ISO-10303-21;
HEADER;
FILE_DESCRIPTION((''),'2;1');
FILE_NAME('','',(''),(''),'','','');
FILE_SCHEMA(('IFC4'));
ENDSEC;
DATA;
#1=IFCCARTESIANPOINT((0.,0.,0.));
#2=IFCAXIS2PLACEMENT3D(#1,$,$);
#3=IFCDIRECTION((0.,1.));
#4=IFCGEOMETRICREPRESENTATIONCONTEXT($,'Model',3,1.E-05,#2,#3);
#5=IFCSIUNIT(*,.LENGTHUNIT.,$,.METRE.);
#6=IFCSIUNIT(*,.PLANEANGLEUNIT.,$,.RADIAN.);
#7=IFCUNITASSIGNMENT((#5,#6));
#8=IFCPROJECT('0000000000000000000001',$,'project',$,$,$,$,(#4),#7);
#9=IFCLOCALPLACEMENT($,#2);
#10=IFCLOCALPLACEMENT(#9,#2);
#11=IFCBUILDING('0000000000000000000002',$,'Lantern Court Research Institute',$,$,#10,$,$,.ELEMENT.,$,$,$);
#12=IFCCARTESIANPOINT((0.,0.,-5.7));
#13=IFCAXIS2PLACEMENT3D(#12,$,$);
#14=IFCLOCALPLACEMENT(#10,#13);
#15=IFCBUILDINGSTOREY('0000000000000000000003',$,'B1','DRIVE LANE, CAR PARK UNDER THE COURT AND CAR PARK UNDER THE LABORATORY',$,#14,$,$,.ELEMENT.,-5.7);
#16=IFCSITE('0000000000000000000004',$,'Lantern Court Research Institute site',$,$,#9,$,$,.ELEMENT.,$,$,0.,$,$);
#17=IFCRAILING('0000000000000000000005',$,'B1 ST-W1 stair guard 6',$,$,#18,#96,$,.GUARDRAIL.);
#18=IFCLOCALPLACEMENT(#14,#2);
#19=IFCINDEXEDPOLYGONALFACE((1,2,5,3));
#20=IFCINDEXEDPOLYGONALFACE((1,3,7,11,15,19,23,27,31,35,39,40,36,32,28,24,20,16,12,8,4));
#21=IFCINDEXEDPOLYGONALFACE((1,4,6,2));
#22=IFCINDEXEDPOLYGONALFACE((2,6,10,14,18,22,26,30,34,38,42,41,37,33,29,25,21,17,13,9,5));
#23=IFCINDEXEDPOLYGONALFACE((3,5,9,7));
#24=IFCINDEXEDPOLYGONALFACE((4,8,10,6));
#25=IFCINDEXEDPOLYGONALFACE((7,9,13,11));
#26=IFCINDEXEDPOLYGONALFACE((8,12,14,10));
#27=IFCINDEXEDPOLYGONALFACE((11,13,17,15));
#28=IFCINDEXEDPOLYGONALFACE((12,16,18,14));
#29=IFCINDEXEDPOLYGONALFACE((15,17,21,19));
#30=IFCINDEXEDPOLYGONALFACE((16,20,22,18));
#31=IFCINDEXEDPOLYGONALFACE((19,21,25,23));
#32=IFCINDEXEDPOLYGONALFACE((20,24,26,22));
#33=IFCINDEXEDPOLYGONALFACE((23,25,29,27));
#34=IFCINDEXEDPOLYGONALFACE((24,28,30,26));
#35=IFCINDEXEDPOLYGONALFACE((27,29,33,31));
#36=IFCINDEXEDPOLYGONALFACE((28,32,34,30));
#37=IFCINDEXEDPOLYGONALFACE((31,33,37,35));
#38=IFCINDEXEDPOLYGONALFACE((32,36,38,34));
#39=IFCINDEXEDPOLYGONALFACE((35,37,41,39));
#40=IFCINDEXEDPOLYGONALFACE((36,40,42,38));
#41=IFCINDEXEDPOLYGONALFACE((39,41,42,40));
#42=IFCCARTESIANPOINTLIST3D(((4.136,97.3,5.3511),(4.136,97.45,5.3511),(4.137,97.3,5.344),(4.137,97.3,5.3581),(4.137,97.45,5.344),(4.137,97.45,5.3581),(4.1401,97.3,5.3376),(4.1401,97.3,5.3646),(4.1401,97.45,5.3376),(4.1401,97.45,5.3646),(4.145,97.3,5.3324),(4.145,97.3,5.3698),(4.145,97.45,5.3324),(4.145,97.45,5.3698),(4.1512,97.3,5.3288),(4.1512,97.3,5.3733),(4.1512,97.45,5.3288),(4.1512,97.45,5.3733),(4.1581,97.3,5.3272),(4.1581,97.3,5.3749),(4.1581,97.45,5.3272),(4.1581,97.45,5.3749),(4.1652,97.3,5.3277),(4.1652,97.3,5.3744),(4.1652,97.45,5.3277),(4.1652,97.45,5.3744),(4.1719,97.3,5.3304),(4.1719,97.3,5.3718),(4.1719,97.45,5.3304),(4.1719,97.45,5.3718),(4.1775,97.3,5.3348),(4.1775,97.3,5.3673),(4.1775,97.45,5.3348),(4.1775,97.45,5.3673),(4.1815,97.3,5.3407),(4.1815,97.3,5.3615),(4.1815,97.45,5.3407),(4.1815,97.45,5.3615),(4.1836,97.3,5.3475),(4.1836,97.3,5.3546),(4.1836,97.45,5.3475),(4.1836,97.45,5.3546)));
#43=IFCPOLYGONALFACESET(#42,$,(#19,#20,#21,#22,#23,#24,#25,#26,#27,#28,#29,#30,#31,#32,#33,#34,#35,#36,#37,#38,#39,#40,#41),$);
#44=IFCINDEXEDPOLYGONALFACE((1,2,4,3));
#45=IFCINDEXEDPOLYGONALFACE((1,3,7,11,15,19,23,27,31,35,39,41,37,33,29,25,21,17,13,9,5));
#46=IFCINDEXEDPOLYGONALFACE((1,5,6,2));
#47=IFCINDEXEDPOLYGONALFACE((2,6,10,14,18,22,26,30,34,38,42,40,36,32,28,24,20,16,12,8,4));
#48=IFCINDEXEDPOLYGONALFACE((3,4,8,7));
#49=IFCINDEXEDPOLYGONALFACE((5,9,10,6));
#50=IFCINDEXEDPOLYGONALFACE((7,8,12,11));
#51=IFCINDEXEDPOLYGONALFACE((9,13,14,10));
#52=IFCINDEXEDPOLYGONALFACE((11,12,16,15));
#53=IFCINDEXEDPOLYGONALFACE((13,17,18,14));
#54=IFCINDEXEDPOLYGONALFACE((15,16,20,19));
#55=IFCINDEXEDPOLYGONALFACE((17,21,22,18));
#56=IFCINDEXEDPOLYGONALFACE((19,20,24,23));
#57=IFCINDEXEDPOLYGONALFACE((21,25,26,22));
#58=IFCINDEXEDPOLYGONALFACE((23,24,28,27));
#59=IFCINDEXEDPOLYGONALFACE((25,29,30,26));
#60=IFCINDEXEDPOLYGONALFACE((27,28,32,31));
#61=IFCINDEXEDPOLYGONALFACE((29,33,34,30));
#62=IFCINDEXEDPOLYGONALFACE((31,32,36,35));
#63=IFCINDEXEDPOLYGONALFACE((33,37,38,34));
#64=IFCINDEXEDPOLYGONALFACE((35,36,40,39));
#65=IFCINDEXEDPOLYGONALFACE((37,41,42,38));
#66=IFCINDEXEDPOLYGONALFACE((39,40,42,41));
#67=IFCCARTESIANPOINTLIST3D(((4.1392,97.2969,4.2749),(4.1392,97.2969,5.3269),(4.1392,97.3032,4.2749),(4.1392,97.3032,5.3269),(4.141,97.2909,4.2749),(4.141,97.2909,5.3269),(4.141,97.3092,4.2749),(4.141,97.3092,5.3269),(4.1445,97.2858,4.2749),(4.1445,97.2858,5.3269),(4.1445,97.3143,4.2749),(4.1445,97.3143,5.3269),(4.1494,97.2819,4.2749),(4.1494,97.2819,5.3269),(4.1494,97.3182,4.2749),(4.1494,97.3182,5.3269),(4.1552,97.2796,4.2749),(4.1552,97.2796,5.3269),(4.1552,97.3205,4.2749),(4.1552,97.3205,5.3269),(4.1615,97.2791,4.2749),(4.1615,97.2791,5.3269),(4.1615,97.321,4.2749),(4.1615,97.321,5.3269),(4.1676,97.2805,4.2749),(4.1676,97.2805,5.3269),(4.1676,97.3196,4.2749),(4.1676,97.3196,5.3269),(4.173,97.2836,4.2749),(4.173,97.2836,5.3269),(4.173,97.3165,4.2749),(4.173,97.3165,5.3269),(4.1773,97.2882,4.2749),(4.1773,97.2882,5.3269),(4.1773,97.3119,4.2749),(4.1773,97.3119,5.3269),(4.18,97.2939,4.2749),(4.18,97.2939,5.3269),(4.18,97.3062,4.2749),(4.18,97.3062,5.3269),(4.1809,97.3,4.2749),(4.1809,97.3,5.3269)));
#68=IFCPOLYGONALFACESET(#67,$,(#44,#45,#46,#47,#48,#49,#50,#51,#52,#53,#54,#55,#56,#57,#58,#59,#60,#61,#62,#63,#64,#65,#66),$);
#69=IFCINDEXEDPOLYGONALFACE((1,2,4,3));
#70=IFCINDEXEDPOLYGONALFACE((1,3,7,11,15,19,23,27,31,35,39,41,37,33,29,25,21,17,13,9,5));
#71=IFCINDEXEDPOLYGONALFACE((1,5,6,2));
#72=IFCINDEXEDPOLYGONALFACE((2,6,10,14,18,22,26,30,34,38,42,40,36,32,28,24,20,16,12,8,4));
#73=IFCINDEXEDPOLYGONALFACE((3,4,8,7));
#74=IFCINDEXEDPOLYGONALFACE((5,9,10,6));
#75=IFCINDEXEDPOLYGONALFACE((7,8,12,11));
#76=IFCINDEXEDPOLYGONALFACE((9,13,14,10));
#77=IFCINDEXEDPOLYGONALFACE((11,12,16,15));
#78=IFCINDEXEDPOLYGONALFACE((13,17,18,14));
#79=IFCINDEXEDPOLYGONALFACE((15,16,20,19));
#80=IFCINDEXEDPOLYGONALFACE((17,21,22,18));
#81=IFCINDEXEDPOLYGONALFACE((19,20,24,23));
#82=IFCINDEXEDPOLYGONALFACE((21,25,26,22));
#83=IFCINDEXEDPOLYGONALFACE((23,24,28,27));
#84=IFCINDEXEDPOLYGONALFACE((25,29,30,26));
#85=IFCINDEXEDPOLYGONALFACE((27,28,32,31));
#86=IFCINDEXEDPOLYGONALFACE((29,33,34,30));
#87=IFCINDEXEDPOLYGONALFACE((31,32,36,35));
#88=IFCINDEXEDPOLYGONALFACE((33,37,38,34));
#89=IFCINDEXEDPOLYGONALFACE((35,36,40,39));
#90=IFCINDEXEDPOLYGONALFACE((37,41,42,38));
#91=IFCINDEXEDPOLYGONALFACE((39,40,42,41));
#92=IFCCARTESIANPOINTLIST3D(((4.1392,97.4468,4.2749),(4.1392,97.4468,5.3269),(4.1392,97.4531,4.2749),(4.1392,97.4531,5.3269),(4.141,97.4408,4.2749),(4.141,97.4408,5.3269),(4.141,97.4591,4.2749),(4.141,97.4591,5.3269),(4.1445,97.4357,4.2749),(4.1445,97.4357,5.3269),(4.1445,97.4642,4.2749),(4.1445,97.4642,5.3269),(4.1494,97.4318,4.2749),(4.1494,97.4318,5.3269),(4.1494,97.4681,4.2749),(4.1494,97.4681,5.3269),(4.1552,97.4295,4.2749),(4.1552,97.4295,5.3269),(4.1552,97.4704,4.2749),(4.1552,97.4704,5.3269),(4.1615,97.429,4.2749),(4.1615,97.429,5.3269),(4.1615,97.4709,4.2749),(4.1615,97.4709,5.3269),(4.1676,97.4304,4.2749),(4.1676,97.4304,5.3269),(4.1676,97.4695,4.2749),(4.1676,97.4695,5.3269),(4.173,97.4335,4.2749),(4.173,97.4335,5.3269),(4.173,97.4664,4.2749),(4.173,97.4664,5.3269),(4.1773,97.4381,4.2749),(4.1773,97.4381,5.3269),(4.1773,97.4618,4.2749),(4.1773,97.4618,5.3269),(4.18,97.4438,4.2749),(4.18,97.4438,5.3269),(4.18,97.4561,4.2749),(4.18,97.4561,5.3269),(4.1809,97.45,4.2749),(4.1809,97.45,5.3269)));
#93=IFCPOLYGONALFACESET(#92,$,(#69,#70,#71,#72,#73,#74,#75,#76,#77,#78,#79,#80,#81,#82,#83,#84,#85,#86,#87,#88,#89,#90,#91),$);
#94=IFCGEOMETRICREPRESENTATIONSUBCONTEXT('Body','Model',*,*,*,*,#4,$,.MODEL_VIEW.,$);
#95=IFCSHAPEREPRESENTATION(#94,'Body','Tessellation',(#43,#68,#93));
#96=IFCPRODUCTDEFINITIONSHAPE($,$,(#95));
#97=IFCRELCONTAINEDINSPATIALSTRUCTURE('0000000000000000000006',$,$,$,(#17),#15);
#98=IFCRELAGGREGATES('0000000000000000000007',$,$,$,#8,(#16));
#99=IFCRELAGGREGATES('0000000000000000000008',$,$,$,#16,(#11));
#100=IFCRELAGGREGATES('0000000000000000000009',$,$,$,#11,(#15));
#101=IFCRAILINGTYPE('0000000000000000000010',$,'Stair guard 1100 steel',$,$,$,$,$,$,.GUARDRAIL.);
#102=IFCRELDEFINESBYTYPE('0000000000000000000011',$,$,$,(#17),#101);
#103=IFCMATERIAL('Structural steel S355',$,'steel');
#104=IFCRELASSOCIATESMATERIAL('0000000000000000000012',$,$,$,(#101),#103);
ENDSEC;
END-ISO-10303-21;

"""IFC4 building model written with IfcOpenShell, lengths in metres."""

from ifc_helpers import new_model, si_unit, direction, frame, origin, origin_2d, place, context, subcontext, project, spatial, circle, extrude, material, type_object, element, save


model = new_model("IFC4")

# Units and contexts
model_context = context("Model", 3, precision=1e-05, world=origin(), true_north=direction((0.0, 1.0)))
body_context = subcontext(model_context, "Body", "Model", "MODEL_VIEW")
ifc_project = project(units=[si_unit("LENGTHUNIT", "METRE"), si_unit("PLANEANGLEUNIT", "RADIAN")], contexts=[model_context])

# Site, building, storey
site_placement = place(None, origin())
site = spatial("IfcSite", under=ifc_project, at=site_placement, Name="Lantern Court Research Institute site", CompositionType="ELEMENT", RefElevation=0.0)
building_placement = place(site_placement, origin())
building = spatial("IfcBuilding", under=site, at=building_placement, Name="Lantern Court Research Institute", CompositionType="ELEMENT")
storey_placement = place(building_placement, frame((0.0, 0.0, -5.7)))
storey = spatial("IfcBuildingStorey", under=building, at=storey_placement, Name="B1", Description="DRIVE LANE, CAR PARK UNDER THE COURT AND CAR PARK UNDER THE LABORATORY", CompositionType="ELEMENT", Elevation=-5.7)

# Railing
ifc_material_1 = material(Name="Structural steel S355", Category="steel")
railing_type_1 = type_object("IfcRailingType", Name="Stair guard 1100 steel", PredefinedType="GUARDRAIL", material=ifc_material_1)
railing_1_placement = place(storey_placement, frame((4.1599, 97.3, 4.2749)))
element("IfcRailing", 1, at=railing_1_placement, inside=storey, type_object=railing_type_1, Name="B1 ST-W1 stair guard 6", PredefinedType="GUARDRAIL", context=body_context, shape_type="SweptSolid", body=[
    extrude(circle(Radius=0.0239, at=origin_2d()), frame((0.0, 0.0, 1.0762), z_axis=(0.0, 1.0, 0.0), x_axis=(-1.0, 0.0, 0.0)), (0.0, 0.0, 1.0), 0.1499),
    extrude(circle(Radius=0.021, at=origin_2d()), origin(), (0.0, 0.0, 1.0), 1.052),
    extrude(circle(Radius=0.021, at=origin_2d()), frame((0.0, 0.1499, 0.0)), (0.0, 0.0, 1.0), 1.052),
])

save(model, "model.ifc")
